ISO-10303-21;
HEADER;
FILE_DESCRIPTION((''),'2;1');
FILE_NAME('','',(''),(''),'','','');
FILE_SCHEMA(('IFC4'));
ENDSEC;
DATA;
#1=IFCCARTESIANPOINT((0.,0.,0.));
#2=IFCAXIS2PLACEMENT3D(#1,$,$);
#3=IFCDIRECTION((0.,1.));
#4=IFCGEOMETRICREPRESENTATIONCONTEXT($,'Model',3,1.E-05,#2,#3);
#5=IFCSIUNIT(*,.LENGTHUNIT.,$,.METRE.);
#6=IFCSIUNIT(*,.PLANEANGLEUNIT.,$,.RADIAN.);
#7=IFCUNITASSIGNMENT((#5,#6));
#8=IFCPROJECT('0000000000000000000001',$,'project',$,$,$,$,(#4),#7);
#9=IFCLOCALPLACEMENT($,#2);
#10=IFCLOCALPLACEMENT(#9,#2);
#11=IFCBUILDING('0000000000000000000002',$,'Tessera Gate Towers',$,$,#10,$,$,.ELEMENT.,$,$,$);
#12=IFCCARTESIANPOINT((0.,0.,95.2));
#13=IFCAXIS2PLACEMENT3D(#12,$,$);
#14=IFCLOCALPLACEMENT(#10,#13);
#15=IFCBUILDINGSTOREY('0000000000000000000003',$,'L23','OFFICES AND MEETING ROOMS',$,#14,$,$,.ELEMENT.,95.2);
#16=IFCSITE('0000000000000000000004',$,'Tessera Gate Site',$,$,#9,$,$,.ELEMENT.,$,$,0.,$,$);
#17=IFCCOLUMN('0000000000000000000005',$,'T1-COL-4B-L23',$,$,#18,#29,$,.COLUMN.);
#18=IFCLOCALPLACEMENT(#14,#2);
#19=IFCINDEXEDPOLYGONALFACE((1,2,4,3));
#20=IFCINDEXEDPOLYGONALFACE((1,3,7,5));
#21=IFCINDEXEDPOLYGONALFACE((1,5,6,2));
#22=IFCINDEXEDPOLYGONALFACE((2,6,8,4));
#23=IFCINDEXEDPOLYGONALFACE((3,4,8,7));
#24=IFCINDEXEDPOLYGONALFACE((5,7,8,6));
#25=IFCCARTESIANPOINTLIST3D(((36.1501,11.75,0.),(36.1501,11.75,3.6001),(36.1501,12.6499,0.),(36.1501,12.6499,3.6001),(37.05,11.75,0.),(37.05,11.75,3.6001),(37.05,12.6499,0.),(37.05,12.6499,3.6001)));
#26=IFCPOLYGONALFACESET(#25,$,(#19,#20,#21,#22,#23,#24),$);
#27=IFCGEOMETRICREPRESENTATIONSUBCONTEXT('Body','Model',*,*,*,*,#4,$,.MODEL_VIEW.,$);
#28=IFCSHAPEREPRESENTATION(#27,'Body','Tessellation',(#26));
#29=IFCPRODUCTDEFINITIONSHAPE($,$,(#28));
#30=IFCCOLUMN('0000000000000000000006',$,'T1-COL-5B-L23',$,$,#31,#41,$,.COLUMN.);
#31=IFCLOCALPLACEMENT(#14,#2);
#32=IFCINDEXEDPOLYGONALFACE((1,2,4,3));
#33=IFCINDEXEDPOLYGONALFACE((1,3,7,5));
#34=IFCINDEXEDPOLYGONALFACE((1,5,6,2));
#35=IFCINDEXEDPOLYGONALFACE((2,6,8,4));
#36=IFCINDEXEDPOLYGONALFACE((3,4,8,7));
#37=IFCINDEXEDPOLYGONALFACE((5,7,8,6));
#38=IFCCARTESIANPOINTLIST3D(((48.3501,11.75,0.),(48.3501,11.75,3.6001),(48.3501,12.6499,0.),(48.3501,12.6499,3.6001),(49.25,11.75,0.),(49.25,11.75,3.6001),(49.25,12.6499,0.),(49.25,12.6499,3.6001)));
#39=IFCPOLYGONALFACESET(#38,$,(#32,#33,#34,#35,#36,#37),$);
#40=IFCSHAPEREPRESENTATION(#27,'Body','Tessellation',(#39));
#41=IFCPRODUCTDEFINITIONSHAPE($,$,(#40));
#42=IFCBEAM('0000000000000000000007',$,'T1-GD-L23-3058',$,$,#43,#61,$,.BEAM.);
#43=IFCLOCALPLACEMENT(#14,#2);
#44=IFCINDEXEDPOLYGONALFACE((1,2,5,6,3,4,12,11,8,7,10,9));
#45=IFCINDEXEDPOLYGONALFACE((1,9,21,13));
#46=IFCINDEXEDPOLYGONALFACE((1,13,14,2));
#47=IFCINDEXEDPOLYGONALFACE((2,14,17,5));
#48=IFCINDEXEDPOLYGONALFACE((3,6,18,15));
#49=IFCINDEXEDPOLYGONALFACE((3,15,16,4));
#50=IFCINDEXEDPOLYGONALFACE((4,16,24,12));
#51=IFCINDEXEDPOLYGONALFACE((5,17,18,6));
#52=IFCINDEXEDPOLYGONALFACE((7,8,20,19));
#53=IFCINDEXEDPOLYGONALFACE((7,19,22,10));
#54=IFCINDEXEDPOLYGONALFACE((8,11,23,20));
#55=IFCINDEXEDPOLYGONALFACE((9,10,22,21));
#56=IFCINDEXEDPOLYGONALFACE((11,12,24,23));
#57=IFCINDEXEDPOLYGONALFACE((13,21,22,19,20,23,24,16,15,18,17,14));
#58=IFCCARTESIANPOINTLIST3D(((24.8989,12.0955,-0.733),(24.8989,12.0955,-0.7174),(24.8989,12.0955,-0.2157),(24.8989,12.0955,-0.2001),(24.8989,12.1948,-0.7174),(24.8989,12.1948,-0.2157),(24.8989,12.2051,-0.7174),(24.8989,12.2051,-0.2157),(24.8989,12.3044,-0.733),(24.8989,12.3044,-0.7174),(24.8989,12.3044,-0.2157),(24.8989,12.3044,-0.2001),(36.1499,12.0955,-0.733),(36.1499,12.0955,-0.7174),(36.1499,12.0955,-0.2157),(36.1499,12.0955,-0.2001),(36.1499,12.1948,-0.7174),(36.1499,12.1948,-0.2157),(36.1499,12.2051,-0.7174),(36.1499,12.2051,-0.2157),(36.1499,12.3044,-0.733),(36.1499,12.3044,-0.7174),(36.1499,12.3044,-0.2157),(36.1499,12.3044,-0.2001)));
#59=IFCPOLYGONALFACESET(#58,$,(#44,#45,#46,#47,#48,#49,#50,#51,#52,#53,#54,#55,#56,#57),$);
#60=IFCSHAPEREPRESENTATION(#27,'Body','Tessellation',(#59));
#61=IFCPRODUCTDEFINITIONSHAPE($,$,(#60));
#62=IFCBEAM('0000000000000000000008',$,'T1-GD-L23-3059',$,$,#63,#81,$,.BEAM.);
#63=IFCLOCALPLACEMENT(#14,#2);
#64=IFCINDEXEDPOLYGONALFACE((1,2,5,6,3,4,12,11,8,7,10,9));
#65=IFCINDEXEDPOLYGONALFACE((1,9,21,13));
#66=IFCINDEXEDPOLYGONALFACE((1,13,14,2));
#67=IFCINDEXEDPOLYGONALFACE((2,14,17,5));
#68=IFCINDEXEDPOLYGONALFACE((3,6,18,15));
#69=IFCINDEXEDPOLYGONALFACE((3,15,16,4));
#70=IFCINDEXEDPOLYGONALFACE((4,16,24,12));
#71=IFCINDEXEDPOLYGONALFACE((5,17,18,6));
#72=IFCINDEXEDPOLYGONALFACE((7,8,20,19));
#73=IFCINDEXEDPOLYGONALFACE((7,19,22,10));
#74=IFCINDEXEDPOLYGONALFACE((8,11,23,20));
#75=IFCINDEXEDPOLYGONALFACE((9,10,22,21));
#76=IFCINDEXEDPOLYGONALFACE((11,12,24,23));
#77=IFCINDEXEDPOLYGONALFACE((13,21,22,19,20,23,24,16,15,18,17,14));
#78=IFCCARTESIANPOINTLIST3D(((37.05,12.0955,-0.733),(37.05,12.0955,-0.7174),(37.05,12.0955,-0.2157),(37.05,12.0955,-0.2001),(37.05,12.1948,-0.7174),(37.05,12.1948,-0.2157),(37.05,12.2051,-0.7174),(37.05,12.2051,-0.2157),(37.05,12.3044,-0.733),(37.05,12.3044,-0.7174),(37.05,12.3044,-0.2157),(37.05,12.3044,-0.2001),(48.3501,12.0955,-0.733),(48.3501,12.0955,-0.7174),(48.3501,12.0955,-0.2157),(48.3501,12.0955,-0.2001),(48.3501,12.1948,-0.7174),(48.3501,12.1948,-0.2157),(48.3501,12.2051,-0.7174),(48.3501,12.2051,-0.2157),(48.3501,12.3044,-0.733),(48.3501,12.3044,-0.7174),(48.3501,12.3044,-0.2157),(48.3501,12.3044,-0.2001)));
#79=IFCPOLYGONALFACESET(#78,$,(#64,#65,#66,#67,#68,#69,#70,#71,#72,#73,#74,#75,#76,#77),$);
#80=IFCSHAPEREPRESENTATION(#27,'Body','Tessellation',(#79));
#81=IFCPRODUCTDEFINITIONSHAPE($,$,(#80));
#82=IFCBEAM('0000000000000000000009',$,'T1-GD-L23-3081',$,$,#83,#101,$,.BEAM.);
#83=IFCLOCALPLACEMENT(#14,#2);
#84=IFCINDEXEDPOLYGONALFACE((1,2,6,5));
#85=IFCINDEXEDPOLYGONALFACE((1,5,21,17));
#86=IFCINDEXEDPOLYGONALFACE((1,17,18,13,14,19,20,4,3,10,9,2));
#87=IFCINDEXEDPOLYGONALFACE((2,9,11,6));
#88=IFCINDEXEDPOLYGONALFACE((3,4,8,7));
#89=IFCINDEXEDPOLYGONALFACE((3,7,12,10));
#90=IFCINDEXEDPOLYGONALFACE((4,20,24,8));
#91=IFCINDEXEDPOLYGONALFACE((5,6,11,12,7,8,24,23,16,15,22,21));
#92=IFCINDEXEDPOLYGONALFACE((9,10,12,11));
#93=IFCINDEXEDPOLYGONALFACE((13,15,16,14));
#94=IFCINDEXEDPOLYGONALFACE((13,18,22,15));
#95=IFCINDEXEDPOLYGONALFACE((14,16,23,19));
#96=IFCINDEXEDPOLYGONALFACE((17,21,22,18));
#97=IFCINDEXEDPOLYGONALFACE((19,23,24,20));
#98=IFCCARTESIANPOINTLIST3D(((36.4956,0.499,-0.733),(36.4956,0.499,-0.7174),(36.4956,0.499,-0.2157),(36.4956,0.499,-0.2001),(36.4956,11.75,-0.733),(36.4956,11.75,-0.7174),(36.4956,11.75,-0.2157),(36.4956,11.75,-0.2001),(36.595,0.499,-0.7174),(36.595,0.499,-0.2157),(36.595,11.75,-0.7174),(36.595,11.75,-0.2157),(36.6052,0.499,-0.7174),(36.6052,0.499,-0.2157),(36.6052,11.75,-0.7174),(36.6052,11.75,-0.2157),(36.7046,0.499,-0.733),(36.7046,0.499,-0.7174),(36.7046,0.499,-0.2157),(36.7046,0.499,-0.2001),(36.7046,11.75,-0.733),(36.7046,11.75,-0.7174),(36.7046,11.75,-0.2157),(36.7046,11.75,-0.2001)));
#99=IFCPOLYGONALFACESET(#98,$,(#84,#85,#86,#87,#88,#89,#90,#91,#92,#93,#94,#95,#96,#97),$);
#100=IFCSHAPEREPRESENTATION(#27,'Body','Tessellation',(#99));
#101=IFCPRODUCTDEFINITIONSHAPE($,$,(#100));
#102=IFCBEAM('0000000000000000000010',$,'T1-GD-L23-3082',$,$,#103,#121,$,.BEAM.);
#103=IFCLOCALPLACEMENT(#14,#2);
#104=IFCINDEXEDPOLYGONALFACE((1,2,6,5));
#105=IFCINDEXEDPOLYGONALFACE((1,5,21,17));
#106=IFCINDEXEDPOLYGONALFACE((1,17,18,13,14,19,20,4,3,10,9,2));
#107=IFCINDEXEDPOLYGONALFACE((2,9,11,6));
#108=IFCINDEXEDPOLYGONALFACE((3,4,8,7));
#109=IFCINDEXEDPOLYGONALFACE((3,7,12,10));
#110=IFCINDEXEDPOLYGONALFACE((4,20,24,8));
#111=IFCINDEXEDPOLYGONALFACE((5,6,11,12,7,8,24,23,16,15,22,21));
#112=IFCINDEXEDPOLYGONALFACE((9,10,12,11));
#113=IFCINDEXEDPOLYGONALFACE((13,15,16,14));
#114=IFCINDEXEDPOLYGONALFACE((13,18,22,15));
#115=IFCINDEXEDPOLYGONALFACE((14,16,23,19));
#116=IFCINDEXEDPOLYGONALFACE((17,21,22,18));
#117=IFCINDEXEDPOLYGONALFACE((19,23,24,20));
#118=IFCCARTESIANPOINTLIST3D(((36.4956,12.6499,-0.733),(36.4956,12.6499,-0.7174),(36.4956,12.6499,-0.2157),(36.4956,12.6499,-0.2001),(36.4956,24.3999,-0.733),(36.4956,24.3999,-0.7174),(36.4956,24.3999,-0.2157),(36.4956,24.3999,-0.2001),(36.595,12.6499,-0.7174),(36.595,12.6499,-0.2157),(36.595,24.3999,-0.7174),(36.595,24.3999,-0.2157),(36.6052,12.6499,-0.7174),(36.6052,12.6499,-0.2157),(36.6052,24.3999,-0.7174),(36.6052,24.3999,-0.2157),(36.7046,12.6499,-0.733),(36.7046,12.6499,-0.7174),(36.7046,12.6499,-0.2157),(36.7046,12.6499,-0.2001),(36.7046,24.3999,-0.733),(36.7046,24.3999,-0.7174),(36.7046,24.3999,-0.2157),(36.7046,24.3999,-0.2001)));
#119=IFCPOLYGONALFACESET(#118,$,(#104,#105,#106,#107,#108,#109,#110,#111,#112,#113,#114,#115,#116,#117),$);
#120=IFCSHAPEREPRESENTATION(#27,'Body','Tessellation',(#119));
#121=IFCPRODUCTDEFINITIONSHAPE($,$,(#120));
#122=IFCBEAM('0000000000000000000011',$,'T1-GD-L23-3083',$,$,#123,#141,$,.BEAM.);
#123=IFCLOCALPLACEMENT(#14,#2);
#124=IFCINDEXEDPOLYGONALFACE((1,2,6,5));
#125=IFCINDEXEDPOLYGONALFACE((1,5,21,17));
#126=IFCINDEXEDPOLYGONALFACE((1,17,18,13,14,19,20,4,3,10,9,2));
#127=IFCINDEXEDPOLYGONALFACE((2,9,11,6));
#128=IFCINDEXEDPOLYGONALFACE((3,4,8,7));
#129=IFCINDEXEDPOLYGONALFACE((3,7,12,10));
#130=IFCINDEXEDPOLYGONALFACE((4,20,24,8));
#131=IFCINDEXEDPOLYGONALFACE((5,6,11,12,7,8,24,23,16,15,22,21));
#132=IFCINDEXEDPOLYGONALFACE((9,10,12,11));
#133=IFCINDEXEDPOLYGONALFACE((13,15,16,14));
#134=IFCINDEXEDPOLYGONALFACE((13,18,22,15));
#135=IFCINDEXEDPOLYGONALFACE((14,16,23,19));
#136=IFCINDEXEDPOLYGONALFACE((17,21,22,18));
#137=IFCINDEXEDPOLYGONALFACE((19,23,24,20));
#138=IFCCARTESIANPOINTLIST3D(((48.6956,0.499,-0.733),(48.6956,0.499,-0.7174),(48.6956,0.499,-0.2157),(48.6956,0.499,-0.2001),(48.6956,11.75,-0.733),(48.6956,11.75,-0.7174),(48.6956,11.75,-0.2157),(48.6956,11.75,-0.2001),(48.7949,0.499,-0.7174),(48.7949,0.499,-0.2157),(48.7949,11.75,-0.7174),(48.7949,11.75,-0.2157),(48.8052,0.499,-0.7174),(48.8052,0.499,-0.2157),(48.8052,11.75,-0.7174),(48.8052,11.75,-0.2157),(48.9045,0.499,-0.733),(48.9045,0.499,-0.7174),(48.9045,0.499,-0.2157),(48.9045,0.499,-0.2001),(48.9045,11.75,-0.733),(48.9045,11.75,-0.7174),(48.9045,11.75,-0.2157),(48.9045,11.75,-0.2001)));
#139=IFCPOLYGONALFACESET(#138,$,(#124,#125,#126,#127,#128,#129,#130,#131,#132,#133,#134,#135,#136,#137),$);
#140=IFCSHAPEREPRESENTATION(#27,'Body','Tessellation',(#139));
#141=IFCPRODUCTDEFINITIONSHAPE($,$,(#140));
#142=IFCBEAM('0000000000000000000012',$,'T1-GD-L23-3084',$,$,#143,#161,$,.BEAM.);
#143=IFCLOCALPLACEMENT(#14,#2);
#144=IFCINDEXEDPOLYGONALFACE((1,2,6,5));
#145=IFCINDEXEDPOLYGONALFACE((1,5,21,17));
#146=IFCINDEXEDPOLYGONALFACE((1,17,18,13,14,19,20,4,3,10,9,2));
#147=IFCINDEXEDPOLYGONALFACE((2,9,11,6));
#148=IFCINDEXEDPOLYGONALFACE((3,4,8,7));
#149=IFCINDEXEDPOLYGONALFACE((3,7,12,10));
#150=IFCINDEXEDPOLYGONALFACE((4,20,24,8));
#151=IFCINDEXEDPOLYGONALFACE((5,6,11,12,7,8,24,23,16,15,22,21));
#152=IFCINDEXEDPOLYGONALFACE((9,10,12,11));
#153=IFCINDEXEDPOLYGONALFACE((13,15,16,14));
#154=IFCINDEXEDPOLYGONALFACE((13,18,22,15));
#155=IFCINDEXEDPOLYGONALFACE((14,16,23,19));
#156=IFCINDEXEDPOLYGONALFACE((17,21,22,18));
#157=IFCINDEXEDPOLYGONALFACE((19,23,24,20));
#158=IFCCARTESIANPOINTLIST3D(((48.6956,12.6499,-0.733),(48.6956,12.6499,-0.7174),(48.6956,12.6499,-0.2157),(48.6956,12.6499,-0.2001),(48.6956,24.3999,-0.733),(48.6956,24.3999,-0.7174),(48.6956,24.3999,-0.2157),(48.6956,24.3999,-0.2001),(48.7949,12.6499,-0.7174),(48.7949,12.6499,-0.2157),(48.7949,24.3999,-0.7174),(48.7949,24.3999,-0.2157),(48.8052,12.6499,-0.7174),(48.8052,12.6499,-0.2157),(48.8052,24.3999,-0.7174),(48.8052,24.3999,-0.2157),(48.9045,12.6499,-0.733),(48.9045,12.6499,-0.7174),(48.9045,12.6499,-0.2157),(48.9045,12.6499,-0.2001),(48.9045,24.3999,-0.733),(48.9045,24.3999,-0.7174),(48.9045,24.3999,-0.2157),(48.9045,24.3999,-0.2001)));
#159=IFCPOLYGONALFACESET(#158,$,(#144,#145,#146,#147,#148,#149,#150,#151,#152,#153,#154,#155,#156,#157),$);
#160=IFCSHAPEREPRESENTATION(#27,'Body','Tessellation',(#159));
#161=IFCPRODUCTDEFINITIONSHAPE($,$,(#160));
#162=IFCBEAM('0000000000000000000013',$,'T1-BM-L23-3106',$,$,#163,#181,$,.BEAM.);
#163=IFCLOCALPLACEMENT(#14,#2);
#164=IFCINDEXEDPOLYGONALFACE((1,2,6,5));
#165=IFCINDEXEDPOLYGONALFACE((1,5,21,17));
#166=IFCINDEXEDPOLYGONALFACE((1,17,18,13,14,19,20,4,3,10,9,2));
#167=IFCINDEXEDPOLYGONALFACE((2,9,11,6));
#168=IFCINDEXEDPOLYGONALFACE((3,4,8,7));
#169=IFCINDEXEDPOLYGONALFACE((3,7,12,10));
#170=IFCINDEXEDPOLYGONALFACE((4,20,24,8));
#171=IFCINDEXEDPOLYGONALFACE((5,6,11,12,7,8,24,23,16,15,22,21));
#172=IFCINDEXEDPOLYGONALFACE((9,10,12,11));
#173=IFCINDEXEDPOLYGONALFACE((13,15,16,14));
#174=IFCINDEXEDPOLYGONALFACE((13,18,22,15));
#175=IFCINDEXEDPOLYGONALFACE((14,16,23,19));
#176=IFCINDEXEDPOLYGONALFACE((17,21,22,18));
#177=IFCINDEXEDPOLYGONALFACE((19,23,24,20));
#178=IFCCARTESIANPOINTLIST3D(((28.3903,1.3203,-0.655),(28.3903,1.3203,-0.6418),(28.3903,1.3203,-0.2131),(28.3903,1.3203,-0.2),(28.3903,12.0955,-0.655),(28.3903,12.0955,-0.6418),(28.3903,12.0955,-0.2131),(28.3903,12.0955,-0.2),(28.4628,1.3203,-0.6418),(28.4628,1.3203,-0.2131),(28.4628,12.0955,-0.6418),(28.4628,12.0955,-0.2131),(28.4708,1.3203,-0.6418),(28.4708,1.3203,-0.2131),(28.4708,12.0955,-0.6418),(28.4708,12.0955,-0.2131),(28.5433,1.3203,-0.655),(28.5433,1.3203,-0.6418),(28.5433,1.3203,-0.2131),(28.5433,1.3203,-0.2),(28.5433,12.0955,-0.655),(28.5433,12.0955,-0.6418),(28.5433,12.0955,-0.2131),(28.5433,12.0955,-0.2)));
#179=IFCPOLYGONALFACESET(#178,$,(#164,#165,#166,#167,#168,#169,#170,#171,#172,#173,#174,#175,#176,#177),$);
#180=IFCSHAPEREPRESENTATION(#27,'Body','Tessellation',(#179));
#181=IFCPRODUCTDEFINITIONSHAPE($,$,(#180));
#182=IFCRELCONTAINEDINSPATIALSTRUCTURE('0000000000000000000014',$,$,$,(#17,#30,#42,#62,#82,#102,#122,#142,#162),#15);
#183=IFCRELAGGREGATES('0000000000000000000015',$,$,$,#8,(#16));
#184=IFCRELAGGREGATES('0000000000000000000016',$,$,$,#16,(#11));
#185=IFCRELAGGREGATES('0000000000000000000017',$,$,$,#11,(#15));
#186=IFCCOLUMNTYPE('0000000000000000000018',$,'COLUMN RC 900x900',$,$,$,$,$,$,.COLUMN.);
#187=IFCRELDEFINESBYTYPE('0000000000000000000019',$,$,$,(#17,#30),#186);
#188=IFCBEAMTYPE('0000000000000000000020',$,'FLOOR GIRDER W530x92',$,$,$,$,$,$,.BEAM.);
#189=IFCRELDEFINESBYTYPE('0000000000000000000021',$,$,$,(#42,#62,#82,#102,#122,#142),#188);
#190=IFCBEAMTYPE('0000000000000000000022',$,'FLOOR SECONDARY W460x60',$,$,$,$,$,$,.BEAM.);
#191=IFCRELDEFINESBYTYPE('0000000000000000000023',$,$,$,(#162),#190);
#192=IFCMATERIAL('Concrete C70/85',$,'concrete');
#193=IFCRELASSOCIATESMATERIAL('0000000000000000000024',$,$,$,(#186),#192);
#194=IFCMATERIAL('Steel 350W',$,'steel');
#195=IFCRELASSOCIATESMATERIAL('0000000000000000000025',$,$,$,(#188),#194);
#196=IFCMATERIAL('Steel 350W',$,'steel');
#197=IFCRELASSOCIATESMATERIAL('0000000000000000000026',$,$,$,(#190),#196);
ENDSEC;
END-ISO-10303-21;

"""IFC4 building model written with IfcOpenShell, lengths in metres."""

from ifc_helpers import new_model, si_unit, direction, frame, origin, origin_2d, place, context, subcontext, project, spatial, rectangle, i_section, extrude, material, material_profile, profile_set, type_object, element, save


model = new_model("IFC4")

# Units and contexts
model_context = context("Model", 3, precision=1e-05, world=origin(), true_north=direction((0.0, 1.0)))
body_context = subcontext(model_context, "Body", "Model", "MODEL_VIEW")
ifc_project = project(units=[si_unit("LENGTHUNIT", "METRE"), si_unit("PLANEANGLEUNIT", "RADIAN")], contexts=[model_context])

# Site, building, storey
site_placement = place(None, origin())
site = spatial("IfcSite", under=ifc_project, at=site_placement, Name="Tessera Gate Site", CompositionType="ELEMENT", RefElevation=0.0)
building_placement = place(site_placement, origin())
building = spatial("IfcBuilding", under=site, at=building_placement, Name="Tessera Gate Towers", CompositionType="ELEMENT")
storey_placement = place(building_placement, frame((0.0, 0.0, 95.2)))
storey = spatial("IfcBuildingStorey", under=building, at=storey_placement, Name="L23", Description="OFFICES AND MEETING ROOMS", CompositionType="ELEMENT", Elevation=95.2)

# Columns
ifc_material_1 = material(Name="Concrete C70/85", Category="concrete")
ifc_material_profile_1 = material_profile(ifc_material_1, rectangle(XDim=0.8999, YDim=0.8999, at=origin_2d()), Name="RC 900x900")
ifc_profile_set_1 = profile_set([ifc_material_profile_1], Name="Concrete C70/85")
column_type = type_object("IfcColumnType", Name="COLUMN RC 900x900", PredefinedType="COLUMN", material=ifc_profile_set_1)
for number, where, z_axis, x_axis, name in (
    (1, (36.6001, 12.2, 0.0), (0.0, 0.0, 1.0), (1.0, 0.0, 0.0), "T1-COL-4B-L23"),
    (2, (48.8, 12.2, 0.0), (0.0, 0.0, 1.0), (1.0, 0.0, 0.0), "T1-COL-5B-L23"),
):
    element("IfcColumn", number, at=place(storey_placement, frame(where, z_axis=z_axis, x_axis=x_axis)), inside=storey, type_object=column_type, Name=name, PredefinedType="COLUMN", context=body_context, shape_type="SweptSolid", body=[
        extrude(rectangle(XDim=0.8999, YDim=0.8999, at=origin_2d()), origin(), (0.0, 0.0, 1.0), 3.6001),
    ])

# Beams
ifc_material_2 = material(Name="Steel 350W", Category="steel")
ifc_material_profile_2 = material_profile(ifc_material_2, i_section(OverallWidth=0.209, OverallDepth=0.533, WebThickness=0.0103, FlangeThickness=0.0156, at=origin_2d()), Name="W530x92")
ifc_profile_set_2 = profile_set([ifc_material_profile_2], Name="Steel 350W")
beam_type_1 = type_object("IfcBeamType", Name="FLOOR GIRDER W530x92", PredefinedType="BEAM", material=ifc_profile_set_2)
beam_1_placement = place(storey_placement, frame((24.8989, 12.2, -0.4666), z_axis=(1.0, 0.0, 0.0), x_axis=(0.0, 1.0, 0.0)))
element("IfcBeam", 3, at=beam_1_placement, inside=storey, type_object=beam_type_1, Name="T1-GD-L23-3058", PredefinedType="BEAM", context=body_context, shape_type="SweptSolid", body=[
    extrude(i_section(OverallWidth=0.209, OverallDepth=0.533, WebThickness=0.0103, FlangeThickness=0.0156, at=origin_2d()), origin(), (0.0, 0.0, 1.0), 11.251),
])
beam_2_placement = place(storey_placement, frame((37.05, 12.2, -0.4666), z_axis=(1.0, 0.0, 0.0), x_axis=(0.0, 1.0, 0.0)))
element("IfcBeam", 4, at=beam_2_placement, inside=storey, type_object=beam_type_1, Name="T1-GD-L23-3059", PredefinedType="BEAM", context=body_context, shape_type="SweptSolid", body=[
    extrude(i_section(OverallWidth=0.209, OverallDepth=0.533, WebThickness=0.0103, FlangeThickness=0.0156, at=origin_2d()), origin(), (0.0, 0.0, 1.0), 11.3),
])
beam_3_placement = place(storey_placement, frame((36.6001, 0.499, -0.4666), z_axis=(0.0, 1.0, 0.0), x_axis=(-1.0, 0.0, 0.0)))
element("IfcBeam", 5, at=beam_3_placement, inside=storey, type_object=beam_type_1, Name="T1-GD-L23-3081", PredefinedType="BEAM", context=body_context, shape_type="SweptSolid", body=[
    extrude(i_section(OverallWidth=0.209, OverallDepth=0.533, WebThickness=0.0103, FlangeThickness=0.0156, at=origin_2d()), origin(), (0.0, 0.0, 1.0), 11.251),
])
beam_4_placement = place(storey_placement, frame((36.6001, 12.6499, -0.4666), z_axis=(0.0, 1.0, 0.0), x_axis=(-1.0, 0.0, 0.0)))
element("IfcBeam", 6, at=beam_4_placement, inside=storey, type_object=beam_type_1, Name="T1-GD-L23-3082", PredefinedType="BEAM", context=body_context, shape_type="SweptSolid", body=[
    extrude(i_section(OverallWidth=0.209, OverallDepth=0.533, WebThickness=0.0103, FlangeThickness=0.0156, at=origin_2d()), origin(), (0.0, 0.0, 1.0), 11.75),
])
beam_5_placement = place(storey_placement, frame((48.8, 0.499, -0.4666), z_axis=(0.0, 1.0, 0.0), x_axis=(-1.0, 0.0, 0.0)))
element("IfcBeam", 7, at=beam_5_placement, inside=storey, type_object=beam_type_1, Name="T1-GD-L23-3083", PredefinedType="BEAM", context=body_context, shape_type="SweptSolid", body=[
    extrude(i_section(OverallWidth=0.209, OverallDepth=0.533, WebThickness=0.0103, FlangeThickness=0.0156, at=origin_2d()), origin(), (0.0, 0.0, 1.0), 11.251),
])
beam_6_placement = place(storey_placement, frame((48.8, 12.6499, -0.4666), z_axis=(0.0, 1.0, 0.0), x_axis=(-1.0, 0.0, 0.0)))
element("IfcBeam", 8, at=beam_6_placement, inside=storey, type_object=beam_type_1, Name="T1-GD-L23-3084", PredefinedType="BEAM", context=body_context, shape_type="SweptSolid", body=[
    extrude(i_section(OverallWidth=0.209, OverallDepth=0.533, WebThickness=0.0103, FlangeThickness=0.0156, at=origin_2d()), origin(), (0.0, 0.0, 1.0), 11.75),
])
ifc_material_3 = material(Name="Steel 350W", Category="steel")
ifc_material_profile_3 = material_profile(ifc_material_3, i_section(OverallWidth=0.1531, OverallDepth=0.4551, WebThickness=0.0081, FlangeThickness=0.0132, at=origin_2d()), Name="W460x60")
ifc_profile_set_3 = profile_set([ifc_material_profile_3], Name="Steel 350W")
beam_type_2 = type_object("IfcBeamType", Name="FLOOR SECONDARY W460x60", PredefinedType="BEAM", material=ifc_profile_set_3)
beam_7_placement = place(storey_placement, frame((28.4668, 1.3203, -0.4275), z_axis=(0.0, 1.0, 0.0), x_axis=(-1.0, 0.0, 0.0)))
element("IfcBeam", 9, at=beam_7_placement, inside=storey, type_object=beam_type_2, Name="T1-BM-L23-3106", PredefinedType="BEAM", context=body_context, shape_type="SweptSolid", body=[
    extrude(i_section(OverallWidth=0.1531, OverallDepth=0.4551, WebThickness=0.0081, FlangeThickness=0.0132, at=origin_2d()), origin(), (0.0, 0.0, 1.0), 10.7751),
])

save(model, "model.ifc")
